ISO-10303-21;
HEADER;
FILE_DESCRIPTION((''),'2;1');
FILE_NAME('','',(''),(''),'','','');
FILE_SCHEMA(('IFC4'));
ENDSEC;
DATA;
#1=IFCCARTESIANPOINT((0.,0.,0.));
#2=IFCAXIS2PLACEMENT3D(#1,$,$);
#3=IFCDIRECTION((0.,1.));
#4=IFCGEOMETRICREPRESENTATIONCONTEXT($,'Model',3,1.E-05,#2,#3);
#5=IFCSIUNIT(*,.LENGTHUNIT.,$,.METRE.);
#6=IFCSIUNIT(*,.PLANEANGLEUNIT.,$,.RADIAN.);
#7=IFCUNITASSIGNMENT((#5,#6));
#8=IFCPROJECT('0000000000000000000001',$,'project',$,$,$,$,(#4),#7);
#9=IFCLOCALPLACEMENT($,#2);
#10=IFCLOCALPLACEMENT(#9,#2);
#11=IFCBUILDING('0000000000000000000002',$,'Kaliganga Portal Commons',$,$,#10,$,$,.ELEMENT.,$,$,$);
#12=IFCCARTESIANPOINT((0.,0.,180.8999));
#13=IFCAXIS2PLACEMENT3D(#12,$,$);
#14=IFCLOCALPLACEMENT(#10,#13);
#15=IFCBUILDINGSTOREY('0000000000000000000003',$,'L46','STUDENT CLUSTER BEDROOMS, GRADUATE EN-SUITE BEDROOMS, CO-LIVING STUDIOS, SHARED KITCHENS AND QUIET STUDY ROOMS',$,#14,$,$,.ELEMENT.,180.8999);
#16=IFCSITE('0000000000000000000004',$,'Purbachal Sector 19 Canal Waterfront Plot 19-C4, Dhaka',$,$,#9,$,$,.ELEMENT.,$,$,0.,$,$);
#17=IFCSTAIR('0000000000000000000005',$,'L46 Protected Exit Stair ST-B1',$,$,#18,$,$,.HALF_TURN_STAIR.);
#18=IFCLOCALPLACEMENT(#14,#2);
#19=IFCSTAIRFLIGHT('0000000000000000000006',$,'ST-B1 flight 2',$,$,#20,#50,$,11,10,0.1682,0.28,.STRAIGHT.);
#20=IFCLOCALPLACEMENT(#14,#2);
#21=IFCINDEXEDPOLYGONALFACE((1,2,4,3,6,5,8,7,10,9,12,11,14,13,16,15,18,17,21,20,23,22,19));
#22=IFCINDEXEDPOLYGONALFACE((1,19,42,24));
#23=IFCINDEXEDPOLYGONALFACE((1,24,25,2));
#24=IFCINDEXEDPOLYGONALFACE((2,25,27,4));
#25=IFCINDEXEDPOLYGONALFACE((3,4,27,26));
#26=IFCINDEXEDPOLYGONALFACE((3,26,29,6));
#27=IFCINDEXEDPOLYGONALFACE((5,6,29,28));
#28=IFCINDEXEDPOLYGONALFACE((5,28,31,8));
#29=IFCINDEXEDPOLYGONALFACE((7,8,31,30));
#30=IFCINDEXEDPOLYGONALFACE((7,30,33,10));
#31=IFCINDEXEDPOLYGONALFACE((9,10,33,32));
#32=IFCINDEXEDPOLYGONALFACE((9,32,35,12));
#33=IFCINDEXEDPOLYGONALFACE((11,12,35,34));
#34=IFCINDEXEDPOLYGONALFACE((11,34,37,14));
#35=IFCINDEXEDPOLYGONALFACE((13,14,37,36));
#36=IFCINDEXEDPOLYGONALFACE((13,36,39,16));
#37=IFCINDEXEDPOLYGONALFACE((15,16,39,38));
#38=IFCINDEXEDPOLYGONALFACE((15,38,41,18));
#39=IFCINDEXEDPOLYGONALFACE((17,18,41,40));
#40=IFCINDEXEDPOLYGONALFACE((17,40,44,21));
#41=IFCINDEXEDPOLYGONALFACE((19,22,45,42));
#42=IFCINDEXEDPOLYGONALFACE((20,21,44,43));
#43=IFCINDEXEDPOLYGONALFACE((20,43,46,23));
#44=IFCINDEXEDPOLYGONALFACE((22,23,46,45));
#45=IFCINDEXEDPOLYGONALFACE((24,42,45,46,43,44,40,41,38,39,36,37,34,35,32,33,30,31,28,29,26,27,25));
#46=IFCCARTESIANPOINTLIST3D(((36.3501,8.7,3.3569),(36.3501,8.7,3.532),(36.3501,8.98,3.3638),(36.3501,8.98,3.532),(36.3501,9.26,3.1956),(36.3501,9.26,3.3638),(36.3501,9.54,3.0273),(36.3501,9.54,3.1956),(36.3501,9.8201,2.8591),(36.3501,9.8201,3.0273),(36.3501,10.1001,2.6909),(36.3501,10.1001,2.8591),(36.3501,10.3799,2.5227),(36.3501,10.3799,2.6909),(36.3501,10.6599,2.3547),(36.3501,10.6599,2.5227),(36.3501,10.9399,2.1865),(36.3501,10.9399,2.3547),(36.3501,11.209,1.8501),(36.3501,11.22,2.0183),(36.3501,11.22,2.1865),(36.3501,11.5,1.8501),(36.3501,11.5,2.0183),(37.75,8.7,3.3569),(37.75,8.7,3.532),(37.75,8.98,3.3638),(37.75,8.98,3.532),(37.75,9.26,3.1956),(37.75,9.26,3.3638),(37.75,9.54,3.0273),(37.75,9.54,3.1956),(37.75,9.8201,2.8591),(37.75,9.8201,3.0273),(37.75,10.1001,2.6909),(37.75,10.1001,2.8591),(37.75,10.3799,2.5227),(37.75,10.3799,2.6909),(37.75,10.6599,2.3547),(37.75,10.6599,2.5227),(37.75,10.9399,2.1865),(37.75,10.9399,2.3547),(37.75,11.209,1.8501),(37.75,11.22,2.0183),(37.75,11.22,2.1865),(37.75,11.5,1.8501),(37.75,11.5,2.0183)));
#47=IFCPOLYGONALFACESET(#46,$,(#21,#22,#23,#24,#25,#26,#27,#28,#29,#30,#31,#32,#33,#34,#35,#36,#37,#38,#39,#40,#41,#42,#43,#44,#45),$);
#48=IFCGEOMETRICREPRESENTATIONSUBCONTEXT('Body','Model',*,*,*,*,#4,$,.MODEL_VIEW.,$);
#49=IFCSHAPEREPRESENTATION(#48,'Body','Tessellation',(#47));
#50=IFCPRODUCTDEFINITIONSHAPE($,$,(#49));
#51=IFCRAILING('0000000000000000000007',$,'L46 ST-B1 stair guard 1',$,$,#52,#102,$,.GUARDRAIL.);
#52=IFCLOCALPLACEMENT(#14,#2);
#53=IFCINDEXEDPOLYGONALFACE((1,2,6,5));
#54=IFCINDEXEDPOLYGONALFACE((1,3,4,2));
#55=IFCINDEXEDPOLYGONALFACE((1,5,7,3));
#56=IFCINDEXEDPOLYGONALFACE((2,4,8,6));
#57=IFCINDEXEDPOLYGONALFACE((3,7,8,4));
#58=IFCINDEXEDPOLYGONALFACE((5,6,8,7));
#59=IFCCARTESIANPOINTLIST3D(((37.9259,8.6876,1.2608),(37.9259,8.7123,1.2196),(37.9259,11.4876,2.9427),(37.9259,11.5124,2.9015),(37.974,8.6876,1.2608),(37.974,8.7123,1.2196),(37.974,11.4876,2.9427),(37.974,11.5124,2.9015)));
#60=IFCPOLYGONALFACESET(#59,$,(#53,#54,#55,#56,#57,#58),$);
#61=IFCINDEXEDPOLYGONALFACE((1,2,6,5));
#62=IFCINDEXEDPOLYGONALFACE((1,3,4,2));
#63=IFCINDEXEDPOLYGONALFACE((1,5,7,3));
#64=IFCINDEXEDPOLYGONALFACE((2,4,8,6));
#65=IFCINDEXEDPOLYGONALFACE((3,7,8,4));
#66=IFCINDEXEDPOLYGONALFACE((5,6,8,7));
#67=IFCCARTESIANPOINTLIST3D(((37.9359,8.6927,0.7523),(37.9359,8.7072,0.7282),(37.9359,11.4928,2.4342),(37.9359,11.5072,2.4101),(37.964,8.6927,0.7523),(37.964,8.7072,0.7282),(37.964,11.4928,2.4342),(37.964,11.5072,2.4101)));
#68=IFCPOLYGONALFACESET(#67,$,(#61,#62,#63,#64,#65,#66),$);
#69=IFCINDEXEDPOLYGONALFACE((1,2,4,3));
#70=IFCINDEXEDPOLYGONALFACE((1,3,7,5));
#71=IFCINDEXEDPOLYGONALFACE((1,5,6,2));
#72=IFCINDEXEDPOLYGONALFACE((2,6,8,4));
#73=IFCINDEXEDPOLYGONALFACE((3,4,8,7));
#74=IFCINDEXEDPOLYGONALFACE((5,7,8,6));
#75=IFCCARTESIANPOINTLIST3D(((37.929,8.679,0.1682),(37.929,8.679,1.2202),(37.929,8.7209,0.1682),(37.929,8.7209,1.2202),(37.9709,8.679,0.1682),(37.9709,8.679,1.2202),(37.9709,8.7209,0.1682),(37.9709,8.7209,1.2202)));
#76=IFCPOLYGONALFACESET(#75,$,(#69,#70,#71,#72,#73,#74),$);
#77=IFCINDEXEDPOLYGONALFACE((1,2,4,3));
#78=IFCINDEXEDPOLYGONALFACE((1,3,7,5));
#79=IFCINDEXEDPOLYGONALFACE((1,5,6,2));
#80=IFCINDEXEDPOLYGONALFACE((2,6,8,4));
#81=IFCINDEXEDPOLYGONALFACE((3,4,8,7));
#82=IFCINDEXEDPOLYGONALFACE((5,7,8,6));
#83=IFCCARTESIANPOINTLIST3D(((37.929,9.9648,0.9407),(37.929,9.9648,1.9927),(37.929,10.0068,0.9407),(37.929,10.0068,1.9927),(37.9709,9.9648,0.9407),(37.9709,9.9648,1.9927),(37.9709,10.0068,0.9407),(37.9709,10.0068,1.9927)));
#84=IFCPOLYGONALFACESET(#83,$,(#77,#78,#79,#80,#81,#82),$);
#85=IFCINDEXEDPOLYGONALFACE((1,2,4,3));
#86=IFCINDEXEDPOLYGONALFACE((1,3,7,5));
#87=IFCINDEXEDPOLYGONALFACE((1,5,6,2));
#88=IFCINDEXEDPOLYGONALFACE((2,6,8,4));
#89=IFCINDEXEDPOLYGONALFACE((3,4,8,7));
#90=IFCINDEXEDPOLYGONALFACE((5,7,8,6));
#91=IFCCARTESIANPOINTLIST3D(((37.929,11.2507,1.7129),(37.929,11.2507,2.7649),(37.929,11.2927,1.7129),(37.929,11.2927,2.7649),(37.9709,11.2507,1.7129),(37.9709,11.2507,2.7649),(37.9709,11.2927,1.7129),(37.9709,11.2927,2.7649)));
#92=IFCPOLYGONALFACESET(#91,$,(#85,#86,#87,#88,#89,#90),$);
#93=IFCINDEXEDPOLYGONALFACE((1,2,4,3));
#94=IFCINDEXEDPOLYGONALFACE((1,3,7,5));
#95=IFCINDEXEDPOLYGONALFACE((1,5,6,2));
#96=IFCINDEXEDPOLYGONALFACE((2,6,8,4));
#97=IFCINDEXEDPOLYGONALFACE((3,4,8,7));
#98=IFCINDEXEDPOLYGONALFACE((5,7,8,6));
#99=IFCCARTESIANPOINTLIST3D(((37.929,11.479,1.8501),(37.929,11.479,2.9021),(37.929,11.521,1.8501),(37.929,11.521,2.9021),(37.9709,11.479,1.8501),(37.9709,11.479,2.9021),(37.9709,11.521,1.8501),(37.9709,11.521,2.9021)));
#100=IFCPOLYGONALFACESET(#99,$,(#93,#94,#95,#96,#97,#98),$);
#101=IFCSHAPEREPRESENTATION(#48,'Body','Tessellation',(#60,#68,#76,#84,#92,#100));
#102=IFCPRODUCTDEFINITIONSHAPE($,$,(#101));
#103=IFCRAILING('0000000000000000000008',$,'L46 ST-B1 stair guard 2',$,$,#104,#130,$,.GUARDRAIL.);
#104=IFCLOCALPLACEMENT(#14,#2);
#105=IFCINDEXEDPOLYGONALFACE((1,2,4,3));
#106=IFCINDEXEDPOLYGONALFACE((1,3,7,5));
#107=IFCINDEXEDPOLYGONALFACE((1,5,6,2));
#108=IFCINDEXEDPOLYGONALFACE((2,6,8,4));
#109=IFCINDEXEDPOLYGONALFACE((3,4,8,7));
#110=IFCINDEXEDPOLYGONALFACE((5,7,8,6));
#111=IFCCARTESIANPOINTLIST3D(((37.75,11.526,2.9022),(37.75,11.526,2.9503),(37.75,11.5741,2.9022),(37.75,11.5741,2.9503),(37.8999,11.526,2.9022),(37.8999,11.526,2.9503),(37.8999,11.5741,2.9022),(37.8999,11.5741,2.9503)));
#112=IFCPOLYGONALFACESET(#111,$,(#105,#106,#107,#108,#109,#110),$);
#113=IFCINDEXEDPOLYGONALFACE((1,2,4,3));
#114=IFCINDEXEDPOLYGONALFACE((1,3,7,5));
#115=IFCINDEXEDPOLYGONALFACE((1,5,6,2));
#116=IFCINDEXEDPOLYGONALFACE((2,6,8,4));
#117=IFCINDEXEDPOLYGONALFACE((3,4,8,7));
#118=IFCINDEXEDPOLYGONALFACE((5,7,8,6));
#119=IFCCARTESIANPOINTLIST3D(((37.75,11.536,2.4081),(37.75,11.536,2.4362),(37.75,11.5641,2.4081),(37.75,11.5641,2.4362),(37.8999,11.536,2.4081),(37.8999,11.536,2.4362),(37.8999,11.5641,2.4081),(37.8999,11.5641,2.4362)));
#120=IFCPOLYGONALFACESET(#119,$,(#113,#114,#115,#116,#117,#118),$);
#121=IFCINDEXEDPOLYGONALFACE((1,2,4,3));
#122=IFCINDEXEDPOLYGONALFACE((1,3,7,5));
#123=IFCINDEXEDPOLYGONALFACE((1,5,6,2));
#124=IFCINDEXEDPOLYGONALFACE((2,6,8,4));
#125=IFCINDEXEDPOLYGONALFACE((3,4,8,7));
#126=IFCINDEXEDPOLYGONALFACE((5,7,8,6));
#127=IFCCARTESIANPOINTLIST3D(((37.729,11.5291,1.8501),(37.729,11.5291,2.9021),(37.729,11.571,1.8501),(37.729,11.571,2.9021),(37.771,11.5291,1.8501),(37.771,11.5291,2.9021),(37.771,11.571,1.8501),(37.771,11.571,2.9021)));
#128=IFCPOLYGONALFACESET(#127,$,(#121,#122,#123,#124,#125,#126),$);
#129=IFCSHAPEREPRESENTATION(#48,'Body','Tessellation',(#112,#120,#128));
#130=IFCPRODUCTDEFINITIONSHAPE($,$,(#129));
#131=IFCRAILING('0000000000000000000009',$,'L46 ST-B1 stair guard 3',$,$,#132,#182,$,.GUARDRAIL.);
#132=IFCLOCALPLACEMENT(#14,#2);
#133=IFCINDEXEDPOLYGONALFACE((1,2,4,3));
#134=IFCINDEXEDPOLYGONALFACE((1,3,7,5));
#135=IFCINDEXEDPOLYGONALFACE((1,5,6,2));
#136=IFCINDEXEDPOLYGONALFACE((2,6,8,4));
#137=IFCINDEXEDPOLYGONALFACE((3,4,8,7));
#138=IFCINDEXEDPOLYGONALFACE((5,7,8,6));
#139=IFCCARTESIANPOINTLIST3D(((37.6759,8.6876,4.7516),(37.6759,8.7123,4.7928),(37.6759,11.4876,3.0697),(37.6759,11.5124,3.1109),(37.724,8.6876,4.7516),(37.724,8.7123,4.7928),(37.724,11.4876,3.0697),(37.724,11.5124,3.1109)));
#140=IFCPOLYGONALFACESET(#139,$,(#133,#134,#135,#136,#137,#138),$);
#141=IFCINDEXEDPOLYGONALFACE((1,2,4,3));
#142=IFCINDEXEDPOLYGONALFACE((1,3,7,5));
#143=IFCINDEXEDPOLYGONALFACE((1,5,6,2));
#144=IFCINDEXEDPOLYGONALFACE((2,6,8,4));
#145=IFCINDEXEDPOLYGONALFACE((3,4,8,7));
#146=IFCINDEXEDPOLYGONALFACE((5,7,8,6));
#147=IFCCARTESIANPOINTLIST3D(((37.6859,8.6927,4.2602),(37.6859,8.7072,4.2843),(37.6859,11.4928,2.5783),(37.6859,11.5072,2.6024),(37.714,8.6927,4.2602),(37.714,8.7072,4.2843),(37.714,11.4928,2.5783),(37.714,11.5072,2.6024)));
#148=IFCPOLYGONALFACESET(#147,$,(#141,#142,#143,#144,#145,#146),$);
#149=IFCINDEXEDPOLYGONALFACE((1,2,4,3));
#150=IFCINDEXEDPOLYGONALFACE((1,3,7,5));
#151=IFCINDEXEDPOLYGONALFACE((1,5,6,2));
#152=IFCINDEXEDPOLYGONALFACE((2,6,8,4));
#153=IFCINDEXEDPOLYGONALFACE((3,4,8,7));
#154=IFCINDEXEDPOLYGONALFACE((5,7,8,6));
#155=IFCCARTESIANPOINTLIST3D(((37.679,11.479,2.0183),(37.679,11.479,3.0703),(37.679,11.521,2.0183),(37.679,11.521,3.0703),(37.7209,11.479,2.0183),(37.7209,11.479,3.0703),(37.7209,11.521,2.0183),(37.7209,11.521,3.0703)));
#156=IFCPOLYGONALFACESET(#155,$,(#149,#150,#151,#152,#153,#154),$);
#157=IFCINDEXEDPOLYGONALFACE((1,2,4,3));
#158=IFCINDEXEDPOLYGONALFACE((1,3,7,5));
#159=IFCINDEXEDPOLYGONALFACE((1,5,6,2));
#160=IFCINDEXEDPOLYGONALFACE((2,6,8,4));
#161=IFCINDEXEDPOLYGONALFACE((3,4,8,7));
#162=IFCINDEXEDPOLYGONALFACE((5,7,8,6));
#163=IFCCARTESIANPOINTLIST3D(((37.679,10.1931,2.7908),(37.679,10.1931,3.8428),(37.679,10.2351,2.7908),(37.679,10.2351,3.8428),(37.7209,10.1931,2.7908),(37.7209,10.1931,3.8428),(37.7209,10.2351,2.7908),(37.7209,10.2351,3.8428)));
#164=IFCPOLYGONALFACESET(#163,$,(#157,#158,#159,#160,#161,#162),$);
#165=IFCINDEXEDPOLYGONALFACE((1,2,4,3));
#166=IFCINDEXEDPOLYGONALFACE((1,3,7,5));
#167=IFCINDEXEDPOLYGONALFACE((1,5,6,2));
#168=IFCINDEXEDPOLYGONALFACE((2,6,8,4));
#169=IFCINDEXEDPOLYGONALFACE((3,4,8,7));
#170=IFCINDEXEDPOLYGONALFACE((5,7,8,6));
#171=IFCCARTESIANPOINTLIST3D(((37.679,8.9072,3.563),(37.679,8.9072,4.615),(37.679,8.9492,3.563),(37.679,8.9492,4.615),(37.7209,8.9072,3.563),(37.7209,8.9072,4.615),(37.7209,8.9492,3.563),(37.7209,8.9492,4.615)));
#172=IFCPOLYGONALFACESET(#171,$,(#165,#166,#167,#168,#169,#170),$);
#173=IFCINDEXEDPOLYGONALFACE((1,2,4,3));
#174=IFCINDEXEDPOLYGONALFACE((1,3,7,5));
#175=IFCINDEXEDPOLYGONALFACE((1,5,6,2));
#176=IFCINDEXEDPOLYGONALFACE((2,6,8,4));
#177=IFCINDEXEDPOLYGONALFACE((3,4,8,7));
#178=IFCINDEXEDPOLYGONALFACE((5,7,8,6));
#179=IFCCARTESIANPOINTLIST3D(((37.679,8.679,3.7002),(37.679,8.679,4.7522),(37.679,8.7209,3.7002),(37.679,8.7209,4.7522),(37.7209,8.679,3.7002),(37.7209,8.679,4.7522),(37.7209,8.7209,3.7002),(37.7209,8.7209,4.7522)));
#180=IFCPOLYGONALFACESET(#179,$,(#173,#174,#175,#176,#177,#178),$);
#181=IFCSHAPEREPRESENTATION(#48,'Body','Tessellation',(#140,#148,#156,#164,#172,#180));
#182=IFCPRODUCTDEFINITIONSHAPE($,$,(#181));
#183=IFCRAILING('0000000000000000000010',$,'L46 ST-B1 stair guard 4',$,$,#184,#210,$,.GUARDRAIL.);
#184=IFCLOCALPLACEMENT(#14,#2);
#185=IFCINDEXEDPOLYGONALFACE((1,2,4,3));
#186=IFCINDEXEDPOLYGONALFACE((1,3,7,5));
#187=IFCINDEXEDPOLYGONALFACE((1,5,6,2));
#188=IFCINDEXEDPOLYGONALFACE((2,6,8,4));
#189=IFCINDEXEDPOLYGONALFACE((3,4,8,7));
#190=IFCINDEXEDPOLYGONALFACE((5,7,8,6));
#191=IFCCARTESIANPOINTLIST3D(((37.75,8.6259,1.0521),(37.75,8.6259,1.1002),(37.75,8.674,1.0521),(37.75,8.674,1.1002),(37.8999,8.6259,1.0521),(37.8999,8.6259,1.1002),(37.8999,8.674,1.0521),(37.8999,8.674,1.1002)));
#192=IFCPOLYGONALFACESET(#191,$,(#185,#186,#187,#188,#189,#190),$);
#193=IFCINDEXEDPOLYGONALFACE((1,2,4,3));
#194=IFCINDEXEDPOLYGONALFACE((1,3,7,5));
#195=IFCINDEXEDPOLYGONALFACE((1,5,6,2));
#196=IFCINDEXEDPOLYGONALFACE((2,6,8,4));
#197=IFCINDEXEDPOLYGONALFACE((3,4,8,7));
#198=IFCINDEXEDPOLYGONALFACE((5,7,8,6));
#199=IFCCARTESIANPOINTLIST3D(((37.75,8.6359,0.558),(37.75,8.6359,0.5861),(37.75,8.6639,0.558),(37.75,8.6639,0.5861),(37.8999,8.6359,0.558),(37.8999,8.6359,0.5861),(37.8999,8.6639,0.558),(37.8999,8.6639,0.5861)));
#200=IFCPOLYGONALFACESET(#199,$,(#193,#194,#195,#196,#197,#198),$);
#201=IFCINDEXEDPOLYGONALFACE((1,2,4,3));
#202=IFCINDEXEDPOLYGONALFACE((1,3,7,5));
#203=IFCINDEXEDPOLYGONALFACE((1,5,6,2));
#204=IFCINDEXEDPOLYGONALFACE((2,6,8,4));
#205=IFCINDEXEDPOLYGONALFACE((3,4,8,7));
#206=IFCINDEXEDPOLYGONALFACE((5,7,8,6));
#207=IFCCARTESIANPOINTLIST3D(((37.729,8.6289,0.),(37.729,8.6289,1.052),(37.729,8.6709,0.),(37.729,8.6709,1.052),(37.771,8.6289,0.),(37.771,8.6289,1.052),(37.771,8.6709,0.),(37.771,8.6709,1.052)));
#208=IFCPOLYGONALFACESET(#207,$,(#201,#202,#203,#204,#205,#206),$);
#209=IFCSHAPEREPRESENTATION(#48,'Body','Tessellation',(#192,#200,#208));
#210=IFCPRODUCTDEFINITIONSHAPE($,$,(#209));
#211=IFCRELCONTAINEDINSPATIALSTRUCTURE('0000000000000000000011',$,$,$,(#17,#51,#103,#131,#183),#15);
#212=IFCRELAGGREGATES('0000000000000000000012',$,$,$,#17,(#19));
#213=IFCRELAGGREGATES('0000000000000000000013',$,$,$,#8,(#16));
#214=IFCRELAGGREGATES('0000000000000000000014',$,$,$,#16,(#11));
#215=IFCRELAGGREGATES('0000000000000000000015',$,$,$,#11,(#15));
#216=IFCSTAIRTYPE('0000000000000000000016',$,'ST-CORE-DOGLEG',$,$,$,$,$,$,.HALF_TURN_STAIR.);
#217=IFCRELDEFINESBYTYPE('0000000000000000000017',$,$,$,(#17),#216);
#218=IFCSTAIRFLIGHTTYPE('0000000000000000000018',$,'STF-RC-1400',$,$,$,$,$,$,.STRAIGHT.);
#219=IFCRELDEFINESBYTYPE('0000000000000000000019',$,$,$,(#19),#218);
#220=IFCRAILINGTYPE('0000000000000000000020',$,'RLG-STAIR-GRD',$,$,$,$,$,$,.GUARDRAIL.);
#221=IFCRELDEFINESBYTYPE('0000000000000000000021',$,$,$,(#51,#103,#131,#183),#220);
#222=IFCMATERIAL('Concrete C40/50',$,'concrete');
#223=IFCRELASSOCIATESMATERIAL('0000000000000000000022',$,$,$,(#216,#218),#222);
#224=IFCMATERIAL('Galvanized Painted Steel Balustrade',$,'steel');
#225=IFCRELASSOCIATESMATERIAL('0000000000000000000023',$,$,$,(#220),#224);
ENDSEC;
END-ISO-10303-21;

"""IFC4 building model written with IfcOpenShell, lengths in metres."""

from ifc_helpers import new_model, si_unit, direction, frame, origin, origin_2d, place, context, subcontext, project, spatial, polyline, rectangle, outline, extrude, material, type_object, element, aggregate, save


model = new_model("IFC4")

# Units and contexts
model_context = context("Model", 3, precision=1e-05, world=origin(), true_north=direction((0.0, 1.0)))
body_context = subcontext(model_context, "Body", "Model", "MODEL_VIEW")
ifc_project = project(units=[si_unit("LENGTHUNIT", "METRE"), si_unit("PLANEANGLEUNIT", "RADIAN")], contexts=[model_context])

# Site, building, storey
site_placement = place(None, origin())
site = spatial("IfcSite", under=ifc_project, at=site_placement, Name="Purbachal Sector 19 Canal Waterfront Plot 19-C4, Dhaka", CompositionType="ELEMENT", RefElevation=0.0)
building_placement = place(site_placement, origin())
building = spatial("IfcBuilding", under=site, at=building_placement, Name="Kaliganga Portal Commons", CompositionType="ELEMENT")
storey_placement = place(building_placement, frame((0.0, 0.0, 180.8999)))
storey = spatial("IfcBuildingStorey", under=building, at=storey_placement, Name="L46", Description="STUDENT CLUSTER BEDROOMS, GRADUATE EN-SUITE BEDROOMS, CO-LIVING STUDIOS, SHARED KITCHENS AND QUIET STUDY ROOMS", CompositionType="ELEMENT", Elevation=180.8999)

# Stair, stair flight
ifc_material_1 = material(Name="Concrete C40/50", Category="concrete")
stair_type = type_object("IfcStairType", Name="ST-CORE-DOGLEG", PredefinedType="HALF_TURN_STAIR", material=ifc_material_1)
stair_placement = place(storey_placement, origin())
stair = element("IfcStair", 1, at=stair_placement, inside=storey, type_object=stair_type, Name="L46 Protected Exit Stair ST-B1", PredefinedType="HALF_TURN_STAIR")
stair_flight_type = type_object("IfcStairFlightType", Name="STF-RC-1400", PredefinedType="STRAIGHT", material=ifc_material_1)
stair_flight_1_placement = place(storey_placement, frame((37.05, 11.5, 1.8501), z_axis=(0.0, 0.0, 1.0), x_axis=(0.0, -1.0, 0.0)))
stair_flight_1 = element("IfcStairFlight", 2, at=stair_flight_1_placement, type_object=stair_flight_type, Name="ST-B1 flight 2", NumberOfRisers=11, NumberOfTreads=10, PredefinedType="STRAIGHT", RiserHeight=0.1682, TreadLength=0.28, context=body_context, shape_type="SweptSolid", body=[
    extrude(outline(polyline([(0.0, 0.0), (0.0, 0.1682), (0.28, 0.1682), (0.28, 0.3364), (0.5601, 0.3364), (0.5601, 0.5046), (0.8401, 0.5046), (0.8401, 0.6726), (1.1201, 0.6726), (1.1201, 0.8408), (1.3999, 0.8408), (1.3999, 1.009), (1.6799, 1.009), (1.6799, 1.1772), (1.96, 1.1772), (1.96, 1.3455), (2.24, 1.3455), (2.24, 1.5137), (2.52, 1.5137), (2.52, 1.6819), (2.8, 1.6819), (2.8, 1.8501), (2.8, 1.5068), (0.291, 0.0), (0.0, 0.0)])), frame((0.0, 0.7, 0.0), z_axis=(0.0, -1.0, 0.0), x_axis=(1.0, 0.0, 0.0)), (0.0, 0.0, 1.0), 1.3999),
])
aggregate(stair, [stair_flight_1])

# Railings
ifc_material_2 = material(Name="Galvanized Painted Steel Balustrade", Category="steel")
railing_type_1 = type_object("IfcRailingType", Name="RLG-STAIR-GRD", PredefinedType="GUARDRAIL", material=ifc_material_2)
railing_1_placement = place(storey_placement, frame((37.95, 8.7, 0.1682)))
element("IfcRailing", 3, at=railing_1_placement, inside=storey, type_object=railing_type_1, Name="L46 ST-B1 stair guard 1", PredefinedType="GUARDRAIL", context=body_context, shape_type="SweptSolid", body=[
    extrude(rectangle(XDim=0.0481, YDim=0.0481, at=origin_2d()), frame((0.0, 0.0, 1.072), z_axis=(0.0, 0.857242, 0.514913), x_axis=(-1.0, 0.0, 0.0)), (0.0, 0.0, 1.0), 3.2664),
    extrude(rectangle(XDim=0.0281, YDim=0.0281, at=origin_2d()), frame((0.0, 0.0, 0.572), z_axis=(0.0, 0.857242, 0.514913), x_axis=(-1.0, 0.0, 0.0)), (0.0, 0.0, 1.0), 3.2664),
    extrude(rectangle(XDim=0.042, YDim=0.042, at=origin_2d()), origin(), (0.0, 0.0, 1.0), 1.052),
    extrude(rectangle(XDim=0.042, YDim=0.042, at=origin_2d()), frame((0.0, 1.2859, 0.7725)), (0.0, 0.0, 1.0), 1.052),
    extrude(rectangle(XDim=0.042, YDim=0.042, at=origin_2d()), frame((0.0, 2.5718, 1.5447)), (0.0, 0.0, 1.0), 1.052),
    extrude(rectangle(XDim=0.042, YDim=0.042, at=origin_2d()), frame((0.0, 2.8, 1.6819)), (0.0, 0.0, 1.0), 1.052),
])
railing_2_placement = place(storey_placement, frame((37.8999, 11.55, 1.8501)))
element("IfcRailing", 4, at=railing_2_placement, inside=storey, type_object=railing_type_1, Name="L46 ST-B1 stair guard 2", PredefinedType="GUARDRAIL", context=body_context, shape_type="SweptSolid", body=[
    extrude(rectangle(XDim=0.0481, YDim=0.0481, at=origin_2d()), frame((0.0, 0.0, 1.0762), z_axis=(-1.0, 0.0, 0.0), x_axis=(0.0, -1.0, 0.0)), (0.0, 0.0, 1.0), 0.1499),
    extrude(rectangle(XDim=0.0281, YDim=0.0281, at=origin_2d()), frame((0.0, 0.0, 0.572), z_axis=(-1.0, 0.0, 0.0), x_axis=(0.0, -1.0, 0.0)), (0.0, 0.0, 1.0), 0.1499),
    extrude(rectangle(XDim=0.042, YDim=0.042, at=origin_2d()), frame((-0.1499, 0.0, 0.0)), (0.0, 0.0, 1.0), 1.052),
])
railing_3_placement = place(storey_placement, frame((37.7, 11.5, 2.0183)))
element("IfcRailing", 5, at=railing_3_placement, inside=storey, type_object=railing_type_1, Name="L46 ST-B1 stair guard 3", PredefinedType="GUARDRAIL", context=body_context, shape_type="SweptSolid", body=[
    extrude(rectangle(XDim=0.0481, YDim=0.0481, at=origin_2d()), frame((0.0, 0.0, 1.072), z_axis=(0.0, -0.857242, 0.514913), x_axis=(1.0, 0.0, 0.0)), (0.0, 0.0, 1.0), 3.2664),
    extrude(rectangle(XDim=0.0281, YDim=0.0281, at=origin_2d()), frame((0.0, 0.0, 0.572), z_axis=(0.0, -0.857242, 0.514913), x_axis=(1.0, 0.0, 0.0)), (0.0, 0.0, 1.0), 3.2664),
    extrude(rectangle(XDim=0.042, YDim=0.042, at=origin_2d()), origin(), (0.0, 0.0, 1.0), 1.052),
    extrude(rectangle(XDim=0.042, YDim=0.042, at=origin_2d()), frame((0.0, -1.2859, 0.7725)), (0.0, 0.0, 1.0), 1.052),
    extrude(rectangle(XDim=0.042, YDim=0.042, at=origin_2d()), frame((0.0, -2.5718, 1.5447)), (0.0, 0.0, 1.0), 1.052),
    extrude(rectangle(XDim=0.042, YDim=0.042, at=origin_2d()), frame((0.0, -2.8, 1.6819)), (0.0, 0.0, 1.0), 1.052),
])
railing_4_placement = place(storey_placement, frame((37.8999, 8.6499, 0.0)))
element("IfcRailing", 6, at=railing_4_placement, inside=storey, type_object=railing_type_1, Name="L46 ST-B1 stair guard 4", PredefinedType="GUARDRAIL", context=body_context, shape_type="SweptSolid", body=[
    extrude(rectangle(XDim=0.0481, YDim=0.0481, at=origin_2d()), frame((0.0, 0.0, 1.0762), z_axis=(-1.0, 0.0, 0.0), x_axis=(0.0, -1.0, 0.0)), (0.0, 0.0, 1.0), 0.1499),
    extrude(rectangle(XDim=0.0281, YDim=0.0281, at=origin_2d()), frame((0.0, 0.0, 0.572), z_axis=(-1.0, 0.0, 0.0), x_axis=(0.0, -1.0, 0.0)), (0.0, 0.0, 1.0), 0.1499),
    extrude(rectangle(XDim=0.042, YDim=0.042, at=origin_2d()), frame((-0.1499, 0.0, 0.0)), (0.0, 0.0, 1.0), 1.052),
])

save(model, "model.ifc")
